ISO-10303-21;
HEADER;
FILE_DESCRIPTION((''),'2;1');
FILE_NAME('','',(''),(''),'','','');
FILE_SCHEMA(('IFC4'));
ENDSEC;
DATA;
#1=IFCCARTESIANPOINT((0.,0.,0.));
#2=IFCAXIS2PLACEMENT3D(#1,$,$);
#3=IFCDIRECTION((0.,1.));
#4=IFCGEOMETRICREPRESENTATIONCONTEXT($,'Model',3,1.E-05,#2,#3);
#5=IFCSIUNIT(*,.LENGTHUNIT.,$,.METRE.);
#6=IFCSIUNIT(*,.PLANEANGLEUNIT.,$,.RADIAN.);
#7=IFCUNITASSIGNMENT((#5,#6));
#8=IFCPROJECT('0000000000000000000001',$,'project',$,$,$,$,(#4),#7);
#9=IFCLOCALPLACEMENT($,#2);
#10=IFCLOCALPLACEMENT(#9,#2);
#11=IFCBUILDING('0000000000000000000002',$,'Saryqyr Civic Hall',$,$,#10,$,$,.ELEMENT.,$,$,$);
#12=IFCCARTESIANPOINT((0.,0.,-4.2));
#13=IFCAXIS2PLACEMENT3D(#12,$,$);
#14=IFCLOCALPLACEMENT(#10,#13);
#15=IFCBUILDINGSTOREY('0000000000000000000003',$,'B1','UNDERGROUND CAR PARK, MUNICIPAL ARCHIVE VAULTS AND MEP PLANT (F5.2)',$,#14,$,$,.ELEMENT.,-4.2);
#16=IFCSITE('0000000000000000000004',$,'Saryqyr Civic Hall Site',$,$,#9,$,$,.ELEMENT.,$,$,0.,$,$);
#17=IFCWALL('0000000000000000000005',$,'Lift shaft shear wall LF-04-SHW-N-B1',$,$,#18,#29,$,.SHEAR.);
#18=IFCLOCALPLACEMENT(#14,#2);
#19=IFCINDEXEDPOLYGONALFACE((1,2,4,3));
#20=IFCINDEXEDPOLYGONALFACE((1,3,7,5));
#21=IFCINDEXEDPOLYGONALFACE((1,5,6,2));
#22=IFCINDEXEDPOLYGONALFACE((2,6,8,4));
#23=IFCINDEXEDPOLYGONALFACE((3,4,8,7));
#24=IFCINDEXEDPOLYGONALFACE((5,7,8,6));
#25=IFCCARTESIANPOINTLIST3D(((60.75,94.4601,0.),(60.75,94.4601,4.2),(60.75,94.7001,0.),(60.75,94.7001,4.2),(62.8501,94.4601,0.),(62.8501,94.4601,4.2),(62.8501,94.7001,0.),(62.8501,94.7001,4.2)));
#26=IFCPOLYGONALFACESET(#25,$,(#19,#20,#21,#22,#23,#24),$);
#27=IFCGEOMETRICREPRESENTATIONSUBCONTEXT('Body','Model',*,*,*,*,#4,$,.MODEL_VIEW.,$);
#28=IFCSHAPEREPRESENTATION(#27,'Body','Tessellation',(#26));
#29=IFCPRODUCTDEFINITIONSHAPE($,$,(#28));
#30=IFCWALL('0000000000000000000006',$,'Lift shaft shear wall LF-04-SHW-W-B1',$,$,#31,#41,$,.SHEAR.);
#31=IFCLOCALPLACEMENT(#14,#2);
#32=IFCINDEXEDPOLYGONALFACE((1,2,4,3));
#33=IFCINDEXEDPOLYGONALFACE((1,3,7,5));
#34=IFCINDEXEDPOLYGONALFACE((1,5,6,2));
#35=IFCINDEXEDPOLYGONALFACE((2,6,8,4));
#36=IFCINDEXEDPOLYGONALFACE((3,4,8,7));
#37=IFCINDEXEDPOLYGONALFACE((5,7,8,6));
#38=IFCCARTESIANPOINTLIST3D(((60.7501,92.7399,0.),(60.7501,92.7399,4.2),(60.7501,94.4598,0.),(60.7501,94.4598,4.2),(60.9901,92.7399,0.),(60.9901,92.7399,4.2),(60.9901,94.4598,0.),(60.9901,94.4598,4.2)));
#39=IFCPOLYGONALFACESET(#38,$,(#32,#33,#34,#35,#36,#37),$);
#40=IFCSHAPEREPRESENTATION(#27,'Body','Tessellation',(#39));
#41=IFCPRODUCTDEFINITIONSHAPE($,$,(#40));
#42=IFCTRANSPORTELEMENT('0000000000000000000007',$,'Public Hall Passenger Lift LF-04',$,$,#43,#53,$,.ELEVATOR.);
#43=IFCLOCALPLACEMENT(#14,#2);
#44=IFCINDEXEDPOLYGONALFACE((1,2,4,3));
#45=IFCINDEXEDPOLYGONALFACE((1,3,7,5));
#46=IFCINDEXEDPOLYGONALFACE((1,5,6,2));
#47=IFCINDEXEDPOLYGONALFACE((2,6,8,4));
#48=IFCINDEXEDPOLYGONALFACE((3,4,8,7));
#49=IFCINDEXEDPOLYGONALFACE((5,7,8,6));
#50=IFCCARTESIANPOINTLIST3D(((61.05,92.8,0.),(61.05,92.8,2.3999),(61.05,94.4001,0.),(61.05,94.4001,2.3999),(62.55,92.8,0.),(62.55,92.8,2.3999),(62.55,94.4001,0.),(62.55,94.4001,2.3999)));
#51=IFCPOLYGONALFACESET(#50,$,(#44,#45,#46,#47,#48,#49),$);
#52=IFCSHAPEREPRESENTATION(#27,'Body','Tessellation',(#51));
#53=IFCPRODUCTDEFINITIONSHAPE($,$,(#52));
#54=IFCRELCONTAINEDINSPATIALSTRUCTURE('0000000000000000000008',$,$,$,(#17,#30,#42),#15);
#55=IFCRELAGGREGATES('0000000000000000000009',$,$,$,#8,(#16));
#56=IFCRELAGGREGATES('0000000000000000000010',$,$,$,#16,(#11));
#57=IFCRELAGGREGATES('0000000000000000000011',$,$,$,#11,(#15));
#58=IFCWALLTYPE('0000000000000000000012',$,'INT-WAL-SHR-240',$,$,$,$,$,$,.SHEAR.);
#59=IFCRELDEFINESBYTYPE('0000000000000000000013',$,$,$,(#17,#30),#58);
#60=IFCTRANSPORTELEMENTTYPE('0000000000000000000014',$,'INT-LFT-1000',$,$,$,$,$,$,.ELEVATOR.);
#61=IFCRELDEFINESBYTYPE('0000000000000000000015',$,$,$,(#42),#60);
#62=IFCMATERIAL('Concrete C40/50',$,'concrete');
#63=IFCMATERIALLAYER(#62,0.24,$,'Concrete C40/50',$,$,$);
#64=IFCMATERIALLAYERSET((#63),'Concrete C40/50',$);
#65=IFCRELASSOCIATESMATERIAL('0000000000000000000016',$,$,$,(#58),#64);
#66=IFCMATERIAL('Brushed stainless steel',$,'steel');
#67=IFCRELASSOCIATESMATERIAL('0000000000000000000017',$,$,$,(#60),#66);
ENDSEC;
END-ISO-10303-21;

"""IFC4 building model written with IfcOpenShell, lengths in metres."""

from ifc_helpers import new_model, si_unit, direction, frame, frame_2d, origin, origin_2d, place, context, subcontext, project, spatial, rectangle, extrude, material, layer, layer_set, type_object, element, save


model = new_model("IFC4")

# Units and contexts
model_context = context("Model", 3, precision=1e-05, world=origin(), true_north=direction((0.0, 1.0)))
body_context = subcontext(model_context, "Body", "Model", "MODEL_VIEW")
ifc_project = project(units=[si_unit("LENGTHUNIT", "METRE"), si_unit("PLANEANGLEUNIT", "RADIAN")], contexts=[model_context])

# Site, building, storey
site_placement = place(None, origin())
site = spatial("IfcSite", under=ifc_project, at=site_placement, Name="Saryqyr Civic Hall Site", CompositionType="ELEMENT", RefElevation=0.0)
building_placement = place(site_placement, origin())
building = spatial("IfcBuilding", under=site, at=building_placement, Name="Saryqyr Civic Hall", CompositionType="ELEMENT")
storey_placement = place(building_placement, frame((0.0, 0.0, -4.2)))
storey = spatial("IfcBuildingStorey", under=building, at=storey_placement, Name="B1", Description="UNDERGROUND CAR PARK, MUNICIPAL ARCHIVE VAULTS AND MEP PLANT (F5.2)", CompositionType="ELEMENT", Elevation=-4.2)

# Shared definitions
ifc_material_1 = material(Name="Concrete C40/50", Category="concrete")

# Shared definitions
ifc_layer_1 = layer(ifc_material_1, 0.24, Name="Concrete C40/50")
ifc_layer_set_1 = layer_set([ifc_layer_1], Name="Concrete C40/50")
wall_type_1 = type_object("IfcWallType", Name="INT-WAL-SHR-240", PredefinedType="SHEAR", material=ifc_layer_set_1)
ifc_material_2 = material(Name="Brushed stainless steel", Category="steel")

# Walls
wall_1_placement = place(storey_placement, frame((60.75, 94.5801, 0.0), z_axis=(0.0, 0.0, 1.0), x_axis=(1.0, 0.0, 0.0)))
element("IfcWall", 1, at=wall_1_placement, inside=storey, type_object=wall_type_1, Name="Lift shaft shear wall LF-04-SHW-N-B1", PredefinedType="SHEAR", context=body_context, shape_type="SweptSolid", body=[
    extrude(rectangle(XDim=2.1001, YDim=0.24, at=frame_2d((1.05, 0.0))), origin(), (0.0, 0.0, 1.0), 4.2),
])
wall_2_placement = place(storey_placement, frame((60.8701, 92.74, 0.0), z_axis=(0.0, 0.0, 1.0), x_axis=(0.0, 1.0, 0.0)))
element("IfcWall", 2, at=wall_2_placement, inside=storey, type_object=wall_type_1, Name="Lift shaft shear wall LF-04-SHW-W-B1", PredefinedType="SHEAR", context=body_context, shape_type="SweptSolid", body=[
    extrude(rectangle(XDim=1.72, YDim=0.24, at=frame_2d((0.8599, 0.0))), origin(), (0.0, 0.0, 1.0), 4.2),
])

# Transport element
transport_element_type = type_object("IfcTransportElementType", Name="INT-LFT-1000", PredefinedType="ELEVATOR", material=ifc_material_2)
transport_element_placement = place(storey_placement, frame((61.8, 93.6001, 0.0), z_axis=(0.0, 0.0, 1.0), x_axis=(1.0, 0.0, 0.0)))
element("IfcTransportElement", 3, at=transport_element_placement, inside=storey, type_object=transport_element_type, Name="Public Hall Passenger Lift LF-04", PredefinedType="ELEVATOR", context=body_context, shape_type="SweptSolid", body=[
    extrude(rectangle(XDim=1.5, YDim=1.6001, at=origin_2d()), origin(), (0.0, 0.0, 1.0), 2.3999),
])

save(model, "model.ifc")
